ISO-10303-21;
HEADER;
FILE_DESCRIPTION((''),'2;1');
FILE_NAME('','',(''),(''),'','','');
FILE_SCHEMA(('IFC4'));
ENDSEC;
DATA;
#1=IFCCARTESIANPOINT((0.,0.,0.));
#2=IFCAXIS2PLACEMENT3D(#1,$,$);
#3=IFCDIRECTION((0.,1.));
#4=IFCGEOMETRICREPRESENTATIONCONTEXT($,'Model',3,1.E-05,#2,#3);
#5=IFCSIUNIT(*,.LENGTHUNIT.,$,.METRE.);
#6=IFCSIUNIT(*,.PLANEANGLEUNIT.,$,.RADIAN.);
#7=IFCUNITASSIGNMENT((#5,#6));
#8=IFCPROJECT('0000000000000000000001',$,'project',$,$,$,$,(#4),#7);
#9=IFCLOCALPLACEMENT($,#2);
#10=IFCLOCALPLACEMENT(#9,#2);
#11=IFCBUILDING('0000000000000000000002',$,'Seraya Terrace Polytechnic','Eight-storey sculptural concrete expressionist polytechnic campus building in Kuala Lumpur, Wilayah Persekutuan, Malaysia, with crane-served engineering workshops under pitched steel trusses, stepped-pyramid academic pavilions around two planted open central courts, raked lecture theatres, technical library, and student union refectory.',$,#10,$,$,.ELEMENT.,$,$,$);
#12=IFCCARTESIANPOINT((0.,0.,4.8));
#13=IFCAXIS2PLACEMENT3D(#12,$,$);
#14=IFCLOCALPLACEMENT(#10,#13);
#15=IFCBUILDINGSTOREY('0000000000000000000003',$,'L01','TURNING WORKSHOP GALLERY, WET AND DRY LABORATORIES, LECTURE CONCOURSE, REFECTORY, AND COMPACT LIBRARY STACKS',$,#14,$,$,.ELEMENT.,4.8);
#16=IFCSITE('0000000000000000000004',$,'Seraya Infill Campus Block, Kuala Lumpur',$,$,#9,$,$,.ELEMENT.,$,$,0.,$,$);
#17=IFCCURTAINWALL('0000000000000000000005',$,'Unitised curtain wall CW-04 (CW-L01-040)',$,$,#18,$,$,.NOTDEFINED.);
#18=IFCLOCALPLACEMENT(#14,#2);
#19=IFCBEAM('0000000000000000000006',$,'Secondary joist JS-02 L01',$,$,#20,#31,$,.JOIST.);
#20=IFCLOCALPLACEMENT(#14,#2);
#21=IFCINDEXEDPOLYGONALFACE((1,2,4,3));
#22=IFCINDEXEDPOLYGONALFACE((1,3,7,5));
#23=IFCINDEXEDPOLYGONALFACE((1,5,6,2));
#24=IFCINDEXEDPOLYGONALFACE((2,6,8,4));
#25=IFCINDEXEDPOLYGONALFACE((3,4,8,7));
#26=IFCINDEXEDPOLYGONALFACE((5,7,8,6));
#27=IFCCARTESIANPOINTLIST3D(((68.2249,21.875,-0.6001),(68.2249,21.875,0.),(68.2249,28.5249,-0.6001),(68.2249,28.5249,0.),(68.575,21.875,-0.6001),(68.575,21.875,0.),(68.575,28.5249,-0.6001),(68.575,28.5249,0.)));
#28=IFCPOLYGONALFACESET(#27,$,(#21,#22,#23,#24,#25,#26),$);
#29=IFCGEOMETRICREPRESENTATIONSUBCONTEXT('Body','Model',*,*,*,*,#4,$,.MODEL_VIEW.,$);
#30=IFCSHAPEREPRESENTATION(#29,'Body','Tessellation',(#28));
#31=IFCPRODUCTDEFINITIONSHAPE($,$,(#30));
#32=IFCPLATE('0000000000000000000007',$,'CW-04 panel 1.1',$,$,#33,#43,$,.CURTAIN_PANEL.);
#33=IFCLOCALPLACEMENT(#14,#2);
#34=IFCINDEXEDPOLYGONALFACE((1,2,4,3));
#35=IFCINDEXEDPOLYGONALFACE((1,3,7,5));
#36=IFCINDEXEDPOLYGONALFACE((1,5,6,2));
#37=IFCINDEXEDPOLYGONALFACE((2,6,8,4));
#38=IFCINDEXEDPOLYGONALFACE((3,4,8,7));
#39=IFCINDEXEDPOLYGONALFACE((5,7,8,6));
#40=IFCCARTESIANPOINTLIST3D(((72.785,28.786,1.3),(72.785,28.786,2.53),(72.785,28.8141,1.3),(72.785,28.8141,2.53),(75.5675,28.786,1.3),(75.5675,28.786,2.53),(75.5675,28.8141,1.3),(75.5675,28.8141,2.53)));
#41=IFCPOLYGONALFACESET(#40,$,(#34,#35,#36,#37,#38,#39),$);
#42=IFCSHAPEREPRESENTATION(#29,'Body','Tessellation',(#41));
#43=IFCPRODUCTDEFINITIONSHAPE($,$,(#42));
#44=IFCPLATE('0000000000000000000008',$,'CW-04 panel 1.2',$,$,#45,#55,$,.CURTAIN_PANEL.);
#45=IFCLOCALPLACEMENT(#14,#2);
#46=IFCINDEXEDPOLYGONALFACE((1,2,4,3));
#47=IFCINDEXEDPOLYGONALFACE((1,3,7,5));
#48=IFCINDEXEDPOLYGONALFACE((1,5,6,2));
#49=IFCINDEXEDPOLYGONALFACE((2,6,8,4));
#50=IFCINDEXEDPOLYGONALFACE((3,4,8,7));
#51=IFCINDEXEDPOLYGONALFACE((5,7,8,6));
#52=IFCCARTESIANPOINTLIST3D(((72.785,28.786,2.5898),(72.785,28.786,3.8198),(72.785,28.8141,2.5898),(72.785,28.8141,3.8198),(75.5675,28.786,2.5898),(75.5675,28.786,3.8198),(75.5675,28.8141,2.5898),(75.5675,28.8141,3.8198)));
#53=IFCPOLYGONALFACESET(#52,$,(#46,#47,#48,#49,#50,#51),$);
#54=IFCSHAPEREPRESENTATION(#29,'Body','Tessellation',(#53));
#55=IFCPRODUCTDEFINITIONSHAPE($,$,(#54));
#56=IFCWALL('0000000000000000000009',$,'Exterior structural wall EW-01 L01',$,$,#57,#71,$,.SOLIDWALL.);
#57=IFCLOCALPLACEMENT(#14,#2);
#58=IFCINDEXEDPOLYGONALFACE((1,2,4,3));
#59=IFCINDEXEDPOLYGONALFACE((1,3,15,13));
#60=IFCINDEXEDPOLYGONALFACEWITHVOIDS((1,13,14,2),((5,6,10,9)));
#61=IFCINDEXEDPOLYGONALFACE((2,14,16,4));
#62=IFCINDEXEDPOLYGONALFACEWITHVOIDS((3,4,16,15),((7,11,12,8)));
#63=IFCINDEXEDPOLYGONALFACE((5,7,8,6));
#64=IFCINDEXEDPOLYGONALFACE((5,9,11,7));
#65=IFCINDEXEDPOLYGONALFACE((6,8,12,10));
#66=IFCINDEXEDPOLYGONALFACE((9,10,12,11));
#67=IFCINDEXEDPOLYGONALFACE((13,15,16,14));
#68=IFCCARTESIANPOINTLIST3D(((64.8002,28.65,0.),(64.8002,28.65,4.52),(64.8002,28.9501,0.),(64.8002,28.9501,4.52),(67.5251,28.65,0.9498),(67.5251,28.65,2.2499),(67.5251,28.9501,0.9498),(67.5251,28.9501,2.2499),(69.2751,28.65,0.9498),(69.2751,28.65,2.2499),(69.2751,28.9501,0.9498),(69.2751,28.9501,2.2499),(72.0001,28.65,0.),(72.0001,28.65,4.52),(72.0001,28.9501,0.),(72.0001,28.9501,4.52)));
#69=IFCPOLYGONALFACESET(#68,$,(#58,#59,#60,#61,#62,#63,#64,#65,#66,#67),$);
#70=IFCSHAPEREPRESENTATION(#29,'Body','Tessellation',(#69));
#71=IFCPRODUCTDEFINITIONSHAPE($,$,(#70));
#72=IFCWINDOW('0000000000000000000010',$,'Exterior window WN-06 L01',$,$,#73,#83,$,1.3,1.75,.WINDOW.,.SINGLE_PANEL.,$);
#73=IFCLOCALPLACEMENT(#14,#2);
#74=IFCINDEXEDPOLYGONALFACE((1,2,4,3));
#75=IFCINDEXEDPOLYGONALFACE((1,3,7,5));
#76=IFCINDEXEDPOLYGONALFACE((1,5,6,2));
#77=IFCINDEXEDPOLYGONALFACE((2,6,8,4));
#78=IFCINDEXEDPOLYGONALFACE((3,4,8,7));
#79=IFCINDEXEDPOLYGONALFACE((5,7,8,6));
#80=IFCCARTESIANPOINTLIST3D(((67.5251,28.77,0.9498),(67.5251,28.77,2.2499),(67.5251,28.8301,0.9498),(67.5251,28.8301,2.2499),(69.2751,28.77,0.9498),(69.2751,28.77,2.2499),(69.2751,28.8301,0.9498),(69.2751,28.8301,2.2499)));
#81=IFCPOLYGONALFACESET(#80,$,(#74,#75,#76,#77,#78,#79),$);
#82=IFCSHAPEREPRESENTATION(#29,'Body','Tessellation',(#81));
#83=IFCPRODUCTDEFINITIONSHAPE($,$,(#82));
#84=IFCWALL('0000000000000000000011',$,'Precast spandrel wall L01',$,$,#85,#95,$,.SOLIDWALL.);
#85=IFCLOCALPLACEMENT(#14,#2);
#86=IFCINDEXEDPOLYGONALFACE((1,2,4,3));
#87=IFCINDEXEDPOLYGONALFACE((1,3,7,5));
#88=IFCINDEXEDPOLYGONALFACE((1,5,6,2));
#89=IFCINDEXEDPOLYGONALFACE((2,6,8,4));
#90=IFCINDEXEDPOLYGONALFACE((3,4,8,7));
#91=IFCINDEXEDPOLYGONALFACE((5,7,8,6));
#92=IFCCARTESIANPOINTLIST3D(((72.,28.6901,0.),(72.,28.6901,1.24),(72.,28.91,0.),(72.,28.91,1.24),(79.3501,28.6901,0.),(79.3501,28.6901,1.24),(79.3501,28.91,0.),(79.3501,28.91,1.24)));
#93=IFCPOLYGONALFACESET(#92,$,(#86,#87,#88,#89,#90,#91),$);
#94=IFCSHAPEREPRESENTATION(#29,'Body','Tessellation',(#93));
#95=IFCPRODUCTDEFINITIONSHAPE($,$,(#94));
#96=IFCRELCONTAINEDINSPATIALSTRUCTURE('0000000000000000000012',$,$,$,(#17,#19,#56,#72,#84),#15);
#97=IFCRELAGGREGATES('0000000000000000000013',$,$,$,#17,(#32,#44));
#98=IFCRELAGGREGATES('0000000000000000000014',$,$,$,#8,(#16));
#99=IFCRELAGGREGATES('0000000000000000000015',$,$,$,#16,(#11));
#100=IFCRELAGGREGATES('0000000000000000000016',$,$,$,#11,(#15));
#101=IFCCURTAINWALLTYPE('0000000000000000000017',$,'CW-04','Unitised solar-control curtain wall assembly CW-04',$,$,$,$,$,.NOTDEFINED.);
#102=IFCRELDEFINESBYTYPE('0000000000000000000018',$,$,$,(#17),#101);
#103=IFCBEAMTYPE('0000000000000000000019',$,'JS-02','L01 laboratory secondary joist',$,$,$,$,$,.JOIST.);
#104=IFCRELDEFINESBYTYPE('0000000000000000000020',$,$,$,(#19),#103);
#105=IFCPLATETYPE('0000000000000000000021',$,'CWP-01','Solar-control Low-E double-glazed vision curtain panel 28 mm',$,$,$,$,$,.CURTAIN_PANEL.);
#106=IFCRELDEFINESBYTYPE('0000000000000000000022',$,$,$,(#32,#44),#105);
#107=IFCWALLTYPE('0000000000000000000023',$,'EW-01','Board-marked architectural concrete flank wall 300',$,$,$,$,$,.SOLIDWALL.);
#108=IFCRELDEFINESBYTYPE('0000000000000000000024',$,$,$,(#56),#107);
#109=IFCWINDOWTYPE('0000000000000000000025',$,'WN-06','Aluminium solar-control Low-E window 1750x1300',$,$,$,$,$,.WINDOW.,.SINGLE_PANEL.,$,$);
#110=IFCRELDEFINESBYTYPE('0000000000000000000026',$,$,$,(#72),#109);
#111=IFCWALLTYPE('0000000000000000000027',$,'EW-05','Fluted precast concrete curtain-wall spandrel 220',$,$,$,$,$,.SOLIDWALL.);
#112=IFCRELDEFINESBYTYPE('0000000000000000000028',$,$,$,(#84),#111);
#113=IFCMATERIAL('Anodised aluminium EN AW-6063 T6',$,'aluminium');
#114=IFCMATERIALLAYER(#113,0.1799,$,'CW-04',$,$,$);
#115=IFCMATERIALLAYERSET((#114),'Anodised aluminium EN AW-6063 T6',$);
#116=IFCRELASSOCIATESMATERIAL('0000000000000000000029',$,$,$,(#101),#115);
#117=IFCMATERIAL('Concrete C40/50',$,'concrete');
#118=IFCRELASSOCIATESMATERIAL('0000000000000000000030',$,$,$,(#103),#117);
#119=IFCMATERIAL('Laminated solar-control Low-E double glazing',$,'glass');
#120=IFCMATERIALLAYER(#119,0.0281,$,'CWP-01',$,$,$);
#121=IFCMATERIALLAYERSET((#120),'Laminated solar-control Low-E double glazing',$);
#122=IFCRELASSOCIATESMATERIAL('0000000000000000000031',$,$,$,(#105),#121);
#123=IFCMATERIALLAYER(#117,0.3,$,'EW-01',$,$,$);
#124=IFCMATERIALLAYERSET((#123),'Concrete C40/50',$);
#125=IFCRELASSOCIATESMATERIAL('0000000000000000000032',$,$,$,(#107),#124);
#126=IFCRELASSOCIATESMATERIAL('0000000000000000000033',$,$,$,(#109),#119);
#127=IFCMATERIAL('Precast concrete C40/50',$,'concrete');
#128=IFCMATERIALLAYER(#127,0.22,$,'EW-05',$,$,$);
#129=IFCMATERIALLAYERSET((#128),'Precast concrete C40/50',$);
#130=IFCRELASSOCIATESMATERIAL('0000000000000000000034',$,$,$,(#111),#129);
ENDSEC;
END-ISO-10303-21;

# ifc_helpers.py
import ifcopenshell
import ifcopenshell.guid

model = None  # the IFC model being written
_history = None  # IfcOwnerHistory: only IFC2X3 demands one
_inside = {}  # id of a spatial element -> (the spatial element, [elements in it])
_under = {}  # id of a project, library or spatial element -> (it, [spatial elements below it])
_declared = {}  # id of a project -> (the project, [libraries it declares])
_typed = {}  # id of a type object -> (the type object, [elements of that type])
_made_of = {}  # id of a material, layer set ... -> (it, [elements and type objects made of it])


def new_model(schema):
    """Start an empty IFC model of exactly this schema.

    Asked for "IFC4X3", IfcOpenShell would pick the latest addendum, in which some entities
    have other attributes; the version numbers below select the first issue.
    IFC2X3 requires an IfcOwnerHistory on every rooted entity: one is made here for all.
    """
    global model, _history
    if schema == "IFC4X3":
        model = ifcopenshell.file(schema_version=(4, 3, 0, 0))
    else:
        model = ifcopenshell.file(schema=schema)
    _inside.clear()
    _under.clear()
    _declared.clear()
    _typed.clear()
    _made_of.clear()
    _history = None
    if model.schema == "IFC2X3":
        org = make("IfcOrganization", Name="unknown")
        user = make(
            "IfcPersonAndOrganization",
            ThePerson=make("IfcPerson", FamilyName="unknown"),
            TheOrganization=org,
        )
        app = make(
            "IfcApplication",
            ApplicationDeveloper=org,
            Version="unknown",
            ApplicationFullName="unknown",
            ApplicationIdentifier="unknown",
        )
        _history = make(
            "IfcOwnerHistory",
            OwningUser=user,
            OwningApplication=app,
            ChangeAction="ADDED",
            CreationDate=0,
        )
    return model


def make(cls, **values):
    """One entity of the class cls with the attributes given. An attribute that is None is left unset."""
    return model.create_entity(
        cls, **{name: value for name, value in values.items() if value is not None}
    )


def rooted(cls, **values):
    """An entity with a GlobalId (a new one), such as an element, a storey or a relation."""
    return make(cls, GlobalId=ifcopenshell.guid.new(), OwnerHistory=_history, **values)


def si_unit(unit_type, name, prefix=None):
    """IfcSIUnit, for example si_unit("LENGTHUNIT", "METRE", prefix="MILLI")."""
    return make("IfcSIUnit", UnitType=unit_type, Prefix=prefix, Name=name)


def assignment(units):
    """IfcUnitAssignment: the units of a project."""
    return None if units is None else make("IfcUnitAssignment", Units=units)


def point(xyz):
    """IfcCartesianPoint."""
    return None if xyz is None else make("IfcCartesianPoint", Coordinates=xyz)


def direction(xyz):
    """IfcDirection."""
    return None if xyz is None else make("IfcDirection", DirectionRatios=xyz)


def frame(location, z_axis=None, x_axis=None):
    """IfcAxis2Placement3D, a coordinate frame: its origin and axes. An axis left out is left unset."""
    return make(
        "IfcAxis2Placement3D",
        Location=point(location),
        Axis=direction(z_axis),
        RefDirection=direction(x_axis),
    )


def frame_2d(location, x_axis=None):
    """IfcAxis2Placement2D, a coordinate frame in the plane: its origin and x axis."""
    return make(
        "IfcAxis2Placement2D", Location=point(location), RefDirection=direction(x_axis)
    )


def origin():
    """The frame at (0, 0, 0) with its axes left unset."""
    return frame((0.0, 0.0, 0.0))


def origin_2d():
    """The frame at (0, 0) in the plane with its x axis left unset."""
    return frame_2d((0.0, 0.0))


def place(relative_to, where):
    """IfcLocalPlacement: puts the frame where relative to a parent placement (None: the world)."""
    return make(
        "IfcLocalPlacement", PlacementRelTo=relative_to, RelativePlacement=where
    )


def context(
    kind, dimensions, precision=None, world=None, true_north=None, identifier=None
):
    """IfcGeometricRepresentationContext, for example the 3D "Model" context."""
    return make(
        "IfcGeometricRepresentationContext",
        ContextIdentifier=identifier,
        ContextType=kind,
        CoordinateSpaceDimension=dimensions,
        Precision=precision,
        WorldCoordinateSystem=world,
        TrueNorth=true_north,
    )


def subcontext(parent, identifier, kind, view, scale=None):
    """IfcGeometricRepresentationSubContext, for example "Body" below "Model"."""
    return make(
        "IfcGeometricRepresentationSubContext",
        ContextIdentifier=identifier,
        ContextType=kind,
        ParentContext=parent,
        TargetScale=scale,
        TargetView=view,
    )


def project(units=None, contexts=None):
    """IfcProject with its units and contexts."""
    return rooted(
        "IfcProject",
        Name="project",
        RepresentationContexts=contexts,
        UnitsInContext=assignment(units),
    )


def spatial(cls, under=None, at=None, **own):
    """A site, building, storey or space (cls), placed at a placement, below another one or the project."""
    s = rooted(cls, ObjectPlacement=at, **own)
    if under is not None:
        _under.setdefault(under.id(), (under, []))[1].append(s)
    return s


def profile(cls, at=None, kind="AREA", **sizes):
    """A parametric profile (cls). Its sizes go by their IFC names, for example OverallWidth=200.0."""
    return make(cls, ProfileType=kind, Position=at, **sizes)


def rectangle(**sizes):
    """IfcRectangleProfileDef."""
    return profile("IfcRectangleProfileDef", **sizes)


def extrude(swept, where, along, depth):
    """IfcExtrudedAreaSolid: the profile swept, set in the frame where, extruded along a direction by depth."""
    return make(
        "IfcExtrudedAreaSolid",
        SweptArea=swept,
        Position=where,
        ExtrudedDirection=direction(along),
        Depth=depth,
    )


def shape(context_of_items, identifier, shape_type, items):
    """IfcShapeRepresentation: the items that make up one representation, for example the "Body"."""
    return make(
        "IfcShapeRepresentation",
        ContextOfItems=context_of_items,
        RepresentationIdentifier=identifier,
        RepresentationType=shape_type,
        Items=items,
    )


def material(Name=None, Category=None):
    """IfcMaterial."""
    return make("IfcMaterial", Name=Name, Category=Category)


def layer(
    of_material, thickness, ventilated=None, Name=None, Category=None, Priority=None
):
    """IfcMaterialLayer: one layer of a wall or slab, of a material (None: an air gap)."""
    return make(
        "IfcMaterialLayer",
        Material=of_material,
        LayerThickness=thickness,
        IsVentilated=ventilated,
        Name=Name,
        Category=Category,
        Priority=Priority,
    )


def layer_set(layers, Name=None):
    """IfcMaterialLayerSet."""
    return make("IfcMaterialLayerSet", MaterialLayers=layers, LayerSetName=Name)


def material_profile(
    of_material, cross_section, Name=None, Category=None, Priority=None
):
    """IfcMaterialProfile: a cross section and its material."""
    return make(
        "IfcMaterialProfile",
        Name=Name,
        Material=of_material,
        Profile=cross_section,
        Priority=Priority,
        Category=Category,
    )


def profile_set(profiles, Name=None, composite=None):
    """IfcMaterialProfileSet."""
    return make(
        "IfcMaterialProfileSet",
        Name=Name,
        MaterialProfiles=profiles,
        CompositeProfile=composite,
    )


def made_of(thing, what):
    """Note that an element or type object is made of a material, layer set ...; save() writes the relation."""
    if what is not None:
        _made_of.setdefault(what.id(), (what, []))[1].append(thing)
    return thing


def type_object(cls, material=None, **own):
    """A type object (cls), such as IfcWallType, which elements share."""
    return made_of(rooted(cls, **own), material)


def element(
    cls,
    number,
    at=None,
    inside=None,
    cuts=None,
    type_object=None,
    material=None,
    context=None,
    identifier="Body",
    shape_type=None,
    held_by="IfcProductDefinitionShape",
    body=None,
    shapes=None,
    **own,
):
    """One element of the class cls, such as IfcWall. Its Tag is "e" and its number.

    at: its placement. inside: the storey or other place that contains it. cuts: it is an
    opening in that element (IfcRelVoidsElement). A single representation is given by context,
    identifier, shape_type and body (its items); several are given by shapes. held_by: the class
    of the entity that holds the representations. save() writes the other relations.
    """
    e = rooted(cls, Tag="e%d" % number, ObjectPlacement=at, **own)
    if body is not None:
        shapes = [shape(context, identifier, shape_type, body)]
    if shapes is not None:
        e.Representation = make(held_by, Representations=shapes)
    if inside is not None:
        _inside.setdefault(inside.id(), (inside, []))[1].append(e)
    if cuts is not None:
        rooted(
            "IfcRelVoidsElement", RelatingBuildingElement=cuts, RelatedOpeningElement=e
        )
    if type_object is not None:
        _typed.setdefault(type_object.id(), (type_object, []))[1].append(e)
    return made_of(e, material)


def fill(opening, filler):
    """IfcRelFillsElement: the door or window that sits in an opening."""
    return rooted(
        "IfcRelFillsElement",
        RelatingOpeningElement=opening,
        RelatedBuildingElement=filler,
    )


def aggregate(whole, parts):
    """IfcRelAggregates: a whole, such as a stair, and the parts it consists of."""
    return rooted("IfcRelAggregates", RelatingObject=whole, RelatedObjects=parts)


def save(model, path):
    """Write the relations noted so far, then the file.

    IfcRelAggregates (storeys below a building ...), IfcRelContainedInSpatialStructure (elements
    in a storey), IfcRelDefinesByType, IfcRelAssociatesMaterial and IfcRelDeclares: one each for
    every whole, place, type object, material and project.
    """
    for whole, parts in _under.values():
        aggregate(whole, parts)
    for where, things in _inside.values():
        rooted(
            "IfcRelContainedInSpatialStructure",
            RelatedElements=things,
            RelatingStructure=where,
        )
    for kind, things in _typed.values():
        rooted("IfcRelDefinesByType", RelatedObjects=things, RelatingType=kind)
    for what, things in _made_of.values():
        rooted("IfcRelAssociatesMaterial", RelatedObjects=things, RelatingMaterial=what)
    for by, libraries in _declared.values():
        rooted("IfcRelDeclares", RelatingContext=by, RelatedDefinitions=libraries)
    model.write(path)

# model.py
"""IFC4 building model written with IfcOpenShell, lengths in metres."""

from ifc_helpers import new_model, si_unit, direction, frame, frame_2d, origin, origin_2d, place, context, subcontext, project, spatial, rectangle, extrude, material, layer, layer_set, material_profile, profile_set, type_object, element, fill, aggregate, save


model = new_model("IFC4")

# Units and contexts
model_context = context("Model", 3, precision=1e-05, world=origin(), true_north=direction((0.0, 1.0)))
body_context = subcontext(model_context, "Body", "Model", "MODEL_VIEW")
ifc_project = project(units=[si_unit("LENGTHUNIT", "METRE"), si_unit("PLANEANGLEUNIT", "RADIAN")], contexts=[model_context])

# Site, building, storey
site_placement = place(None, origin())
site = spatial("IfcSite", under=ifc_project, at=site_placement, Name="Seraya Infill Campus Block, Kuala Lumpur", CompositionType="ELEMENT", RefElevation=0.0)
building_placement = place(site_placement, origin())
building = spatial("IfcBuilding", under=site, at=building_placement, Name="Seraya Terrace Polytechnic", Description="Eight-storey sculptural concrete expressionist polytechnic campus building in Kuala Lumpur, Wilayah Persekutuan, Malaysia, with crane-served engineering workshops under pitched steel trusses, stepped-pyramid academic pavilions around two planted open central courts, raked lecture theatres, technical library, and student union refectory.", CompositionType="ELEMENT")
storey_placement = place(building_placement, frame((0.0, 0.0, 4.8)))
storey = spatial("IfcBuildingStorey", under=building, at=storey_placement, Name="L01", Description="TURNING WORKSHOP GALLERY, WET AND DRY LABORATORIES, LECTURE CONCOURSE, REFECTORY, AND COMPACT LIBRARY STACKS", CompositionType="ELEMENT", Elevation=4.8)

# Shared definitions
ifc_material_1 = material(Name="Concrete C40/50", Category="concrete")

# Curtain wall
ifc_material_2 = material(Name="Anodised aluminium EN AW-6063 T6", Category="aluminium")
ifc_layer_1 = layer(ifc_material_2, 0.1799, Name="CW-04")
ifc_layer_set_1 = layer_set([ifc_layer_1], Name="Anodised aluminium EN AW-6063 T6")
curtain_wall_type = type_object("IfcCurtainWallType", Name="CW-04", Description="Unitised solar-control curtain wall assembly CW-04", PredefinedType="NOTDEFINED", material=ifc_layer_set_1)
curtain_wall_placement = place(storey_placement, origin())
curtain_wall = element("IfcCurtainWall", 1, at=curtain_wall_placement, inside=storey, type_object=curtain_wall_type, Name="Unitised curtain wall CW-04 (CW-L01-040)", PredefinedType="NOTDEFINED")

# Beam
ifc_material_profile_1 = material_profile(ifc_material_1, rectangle(XDim=0.3501, YDim=0.6001, at=origin_2d()), Name="RC 350x600")
ifc_profile_set_1 = profile_set([ifc_material_profile_1], Name="Concrete C40/50")
beam_type_1 = type_object("IfcBeamType", Name="JS-02", Description="L01 laboratory secondary joist", PredefinedType="JOIST", material=ifc_profile_set_1)
beam_1_placement = place(storey_placement, frame((68.3999, 21.875, -0.3), z_axis=(0.0, 1.0, 0.0), x_axis=(-1.0, 0.0, 0.0)))
element("IfcBeam", 2, at=beam_1_placement, inside=storey, type_object=beam_type_1, Name="Secondary joist JS-02 L01", PredefinedType="JOIST", context=body_context, shape_type="SweptSolid", body=[
    extrude(rectangle(XDim=0.3501, YDim=0.6001, at=origin_2d()), origin(), (0.0, 0.0, 1.0), 6.6499),
])

# Plates
ifc_material_3 = material(Name="Laminated solar-control Low-E double glazing", Category="glass")
ifc_layer_2 = layer(ifc_material_3, 0.0281, Name="CWP-01")
ifc_layer_set_2 = layer_set([ifc_layer_2], Name="Laminated solar-control Low-E double glazing")
plate_type = type_object("IfcPlateType", Name="CWP-01", Description="Solar-control Low-E double-glazed vision curtain panel 28 mm", PredefinedType="CURTAIN_PANEL", material=ifc_layer_set_2)
plate_1_placement = place(storey_placement, frame((74.1763, 28.8, 1.3), z_axis=(0.0, 0.0, 1.0), x_axis=(1.0, 0.0, 0.0)))
plate_1 = element("IfcPlate", 3, at=plate_1_placement, type_object=plate_type, Name="CW-04 panel 1.1", PredefinedType="CURTAIN_PANEL", context=body_context, shape_type="SweptSolid", body=[
    extrude(rectangle(XDim=2.7825, YDim=0.0281, at=origin_2d()), origin(), (0.0, 0.0, 1.0), 1.23),
])
plate_2_placement = place(storey_placement, frame((74.1763, 28.8, 2.5898), z_axis=(0.0, 0.0, 1.0), x_axis=(1.0, 0.0, 0.0)))
plate_2 = element("IfcPlate", 4, at=plate_2_placement, type_object=plate_type, Name="CW-04 panel 1.2", PredefinedType="CURTAIN_PANEL", context=body_context, shape_type="SweptSolid", body=[
    extrude(rectangle(XDim=2.7825, YDim=0.0281, at=origin_2d()), origin(), (0.0, 0.0, 1.0), 1.23),
])
aggregate(curtain_wall, [plate_1, plate_2])

# Wall, opening, window
ifc_layer_3 = layer(ifc_material_1, 0.3, Name="EW-01")
ifc_layer_set_3 = layer_set([ifc_layer_3], Name="Concrete C40/50")
wall_type_1 = type_object("IfcWallType", Name="EW-01", Description="Board-marked architectural concrete flank wall 300", PredefinedType="SOLIDWALL", material=ifc_layer_set_3)
wall_1_placement = place(storey_placement, frame((64.8, 28.8, 0.0), z_axis=(0.0, 0.0, 1.0), x_axis=(1.0, 0.0, 0.0)))
wall_1 = element("IfcWall", 5, at=wall_1_placement, inside=storey, type_object=wall_type_1, Name="Exterior structural wall EW-01 L01", PredefinedType="SOLIDWALL", context=body_context, shape_type="SweptSolid", body=[
    extrude(rectangle(XDim=7.2, YDim=0.3, at=frame_2d((3.6001, 0.0))), origin(), (0.0, 0.0, 1.0), 4.52),
])
opening_placement = place(wall_1_placement, frame((2.7251, 0.0, 0.95)))
opening = element("IfcOpeningElement", 6, at=opening_placement, cuts=wall_1, PredefinedType="OPENING", context=body_context, shape_type="SweptSolid", body=[
    extrude(rectangle(XDim=1.75, YDim=1.3, at=frame_2d((0.875, 0.6499))), frame((0.0, 0.1621, 0.0), z_axis=(0.0, -1.0, 0.0), x_axis=(1.0, 0.0, 0.0)), (0.0, 0.0, 1.0), 0.324),
])
window_type = type_object("IfcWindowType", Name="WN-06", Description="Aluminium solar-control Low-E window 1750x1300", PartitioningType="SINGLE_PANEL", PredefinedType="WINDOW", material=ifc_material_3)
window_placement = place(opening_placement, origin())
window = element("IfcWindow", 7, at=window_placement, inside=storey, type_object=window_type, Name="Exterior window WN-06 L01", OverallHeight=1.3, OverallWidth=1.75, PartitioningType="SINGLE_PANEL", PredefinedType="WINDOW", context=body_context, shape_type="SweptSolid", body=[
    extrude(rectangle(XDim=1.75, YDim=1.3, at=frame_2d((0.875, 0.6499))), frame((0.0, 0.03, 0.0), z_axis=(0.0, -1.0, 0.0), x_axis=(1.0, 0.0, 0.0)), (0.0, 0.0, 1.0), 0.0601),
])
fill(opening, window)

# Wall
ifc_material_4 = material(Name="Precast concrete C40/50", Category="concrete")
ifc_layer_4 = layer(ifc_material_4, 0.22, Name="EW-05")
ifc_layer_set_4 = layer_set([ifc_layer_4], Name="Precast concrete C40/50")
wall_type_2 = type_object("IfcWallType", Name="EW-05", Description="Fluted precast concrete curtain-wall spandrel 220", PredefinedType="SOLIDWALL", material=ifc_layer_set_4)
wall_2_placement = place(storey_placement, frame((72.0, 28.8, 0.0), z_axis=(0.0, 0.0, 1.0), x_axis=(1.0, 0.0, 0.0)))
element("IfcWall", 8, at=wall_2_placement, inside=storey, type_object=wall_type_2, Name="Precast spandrel wall L01", PredefinedType="SOLIDWALL", context=body_context, shape_type="SweptSolid", body=[
    extrude(rectangle(XDim=7.3501, YDim=0.22, at=frame_2d((3.675, 0.0))), origin(), (0.0, 0.0, 1.0), 1.24),
])

save(model, "model.ifc")
